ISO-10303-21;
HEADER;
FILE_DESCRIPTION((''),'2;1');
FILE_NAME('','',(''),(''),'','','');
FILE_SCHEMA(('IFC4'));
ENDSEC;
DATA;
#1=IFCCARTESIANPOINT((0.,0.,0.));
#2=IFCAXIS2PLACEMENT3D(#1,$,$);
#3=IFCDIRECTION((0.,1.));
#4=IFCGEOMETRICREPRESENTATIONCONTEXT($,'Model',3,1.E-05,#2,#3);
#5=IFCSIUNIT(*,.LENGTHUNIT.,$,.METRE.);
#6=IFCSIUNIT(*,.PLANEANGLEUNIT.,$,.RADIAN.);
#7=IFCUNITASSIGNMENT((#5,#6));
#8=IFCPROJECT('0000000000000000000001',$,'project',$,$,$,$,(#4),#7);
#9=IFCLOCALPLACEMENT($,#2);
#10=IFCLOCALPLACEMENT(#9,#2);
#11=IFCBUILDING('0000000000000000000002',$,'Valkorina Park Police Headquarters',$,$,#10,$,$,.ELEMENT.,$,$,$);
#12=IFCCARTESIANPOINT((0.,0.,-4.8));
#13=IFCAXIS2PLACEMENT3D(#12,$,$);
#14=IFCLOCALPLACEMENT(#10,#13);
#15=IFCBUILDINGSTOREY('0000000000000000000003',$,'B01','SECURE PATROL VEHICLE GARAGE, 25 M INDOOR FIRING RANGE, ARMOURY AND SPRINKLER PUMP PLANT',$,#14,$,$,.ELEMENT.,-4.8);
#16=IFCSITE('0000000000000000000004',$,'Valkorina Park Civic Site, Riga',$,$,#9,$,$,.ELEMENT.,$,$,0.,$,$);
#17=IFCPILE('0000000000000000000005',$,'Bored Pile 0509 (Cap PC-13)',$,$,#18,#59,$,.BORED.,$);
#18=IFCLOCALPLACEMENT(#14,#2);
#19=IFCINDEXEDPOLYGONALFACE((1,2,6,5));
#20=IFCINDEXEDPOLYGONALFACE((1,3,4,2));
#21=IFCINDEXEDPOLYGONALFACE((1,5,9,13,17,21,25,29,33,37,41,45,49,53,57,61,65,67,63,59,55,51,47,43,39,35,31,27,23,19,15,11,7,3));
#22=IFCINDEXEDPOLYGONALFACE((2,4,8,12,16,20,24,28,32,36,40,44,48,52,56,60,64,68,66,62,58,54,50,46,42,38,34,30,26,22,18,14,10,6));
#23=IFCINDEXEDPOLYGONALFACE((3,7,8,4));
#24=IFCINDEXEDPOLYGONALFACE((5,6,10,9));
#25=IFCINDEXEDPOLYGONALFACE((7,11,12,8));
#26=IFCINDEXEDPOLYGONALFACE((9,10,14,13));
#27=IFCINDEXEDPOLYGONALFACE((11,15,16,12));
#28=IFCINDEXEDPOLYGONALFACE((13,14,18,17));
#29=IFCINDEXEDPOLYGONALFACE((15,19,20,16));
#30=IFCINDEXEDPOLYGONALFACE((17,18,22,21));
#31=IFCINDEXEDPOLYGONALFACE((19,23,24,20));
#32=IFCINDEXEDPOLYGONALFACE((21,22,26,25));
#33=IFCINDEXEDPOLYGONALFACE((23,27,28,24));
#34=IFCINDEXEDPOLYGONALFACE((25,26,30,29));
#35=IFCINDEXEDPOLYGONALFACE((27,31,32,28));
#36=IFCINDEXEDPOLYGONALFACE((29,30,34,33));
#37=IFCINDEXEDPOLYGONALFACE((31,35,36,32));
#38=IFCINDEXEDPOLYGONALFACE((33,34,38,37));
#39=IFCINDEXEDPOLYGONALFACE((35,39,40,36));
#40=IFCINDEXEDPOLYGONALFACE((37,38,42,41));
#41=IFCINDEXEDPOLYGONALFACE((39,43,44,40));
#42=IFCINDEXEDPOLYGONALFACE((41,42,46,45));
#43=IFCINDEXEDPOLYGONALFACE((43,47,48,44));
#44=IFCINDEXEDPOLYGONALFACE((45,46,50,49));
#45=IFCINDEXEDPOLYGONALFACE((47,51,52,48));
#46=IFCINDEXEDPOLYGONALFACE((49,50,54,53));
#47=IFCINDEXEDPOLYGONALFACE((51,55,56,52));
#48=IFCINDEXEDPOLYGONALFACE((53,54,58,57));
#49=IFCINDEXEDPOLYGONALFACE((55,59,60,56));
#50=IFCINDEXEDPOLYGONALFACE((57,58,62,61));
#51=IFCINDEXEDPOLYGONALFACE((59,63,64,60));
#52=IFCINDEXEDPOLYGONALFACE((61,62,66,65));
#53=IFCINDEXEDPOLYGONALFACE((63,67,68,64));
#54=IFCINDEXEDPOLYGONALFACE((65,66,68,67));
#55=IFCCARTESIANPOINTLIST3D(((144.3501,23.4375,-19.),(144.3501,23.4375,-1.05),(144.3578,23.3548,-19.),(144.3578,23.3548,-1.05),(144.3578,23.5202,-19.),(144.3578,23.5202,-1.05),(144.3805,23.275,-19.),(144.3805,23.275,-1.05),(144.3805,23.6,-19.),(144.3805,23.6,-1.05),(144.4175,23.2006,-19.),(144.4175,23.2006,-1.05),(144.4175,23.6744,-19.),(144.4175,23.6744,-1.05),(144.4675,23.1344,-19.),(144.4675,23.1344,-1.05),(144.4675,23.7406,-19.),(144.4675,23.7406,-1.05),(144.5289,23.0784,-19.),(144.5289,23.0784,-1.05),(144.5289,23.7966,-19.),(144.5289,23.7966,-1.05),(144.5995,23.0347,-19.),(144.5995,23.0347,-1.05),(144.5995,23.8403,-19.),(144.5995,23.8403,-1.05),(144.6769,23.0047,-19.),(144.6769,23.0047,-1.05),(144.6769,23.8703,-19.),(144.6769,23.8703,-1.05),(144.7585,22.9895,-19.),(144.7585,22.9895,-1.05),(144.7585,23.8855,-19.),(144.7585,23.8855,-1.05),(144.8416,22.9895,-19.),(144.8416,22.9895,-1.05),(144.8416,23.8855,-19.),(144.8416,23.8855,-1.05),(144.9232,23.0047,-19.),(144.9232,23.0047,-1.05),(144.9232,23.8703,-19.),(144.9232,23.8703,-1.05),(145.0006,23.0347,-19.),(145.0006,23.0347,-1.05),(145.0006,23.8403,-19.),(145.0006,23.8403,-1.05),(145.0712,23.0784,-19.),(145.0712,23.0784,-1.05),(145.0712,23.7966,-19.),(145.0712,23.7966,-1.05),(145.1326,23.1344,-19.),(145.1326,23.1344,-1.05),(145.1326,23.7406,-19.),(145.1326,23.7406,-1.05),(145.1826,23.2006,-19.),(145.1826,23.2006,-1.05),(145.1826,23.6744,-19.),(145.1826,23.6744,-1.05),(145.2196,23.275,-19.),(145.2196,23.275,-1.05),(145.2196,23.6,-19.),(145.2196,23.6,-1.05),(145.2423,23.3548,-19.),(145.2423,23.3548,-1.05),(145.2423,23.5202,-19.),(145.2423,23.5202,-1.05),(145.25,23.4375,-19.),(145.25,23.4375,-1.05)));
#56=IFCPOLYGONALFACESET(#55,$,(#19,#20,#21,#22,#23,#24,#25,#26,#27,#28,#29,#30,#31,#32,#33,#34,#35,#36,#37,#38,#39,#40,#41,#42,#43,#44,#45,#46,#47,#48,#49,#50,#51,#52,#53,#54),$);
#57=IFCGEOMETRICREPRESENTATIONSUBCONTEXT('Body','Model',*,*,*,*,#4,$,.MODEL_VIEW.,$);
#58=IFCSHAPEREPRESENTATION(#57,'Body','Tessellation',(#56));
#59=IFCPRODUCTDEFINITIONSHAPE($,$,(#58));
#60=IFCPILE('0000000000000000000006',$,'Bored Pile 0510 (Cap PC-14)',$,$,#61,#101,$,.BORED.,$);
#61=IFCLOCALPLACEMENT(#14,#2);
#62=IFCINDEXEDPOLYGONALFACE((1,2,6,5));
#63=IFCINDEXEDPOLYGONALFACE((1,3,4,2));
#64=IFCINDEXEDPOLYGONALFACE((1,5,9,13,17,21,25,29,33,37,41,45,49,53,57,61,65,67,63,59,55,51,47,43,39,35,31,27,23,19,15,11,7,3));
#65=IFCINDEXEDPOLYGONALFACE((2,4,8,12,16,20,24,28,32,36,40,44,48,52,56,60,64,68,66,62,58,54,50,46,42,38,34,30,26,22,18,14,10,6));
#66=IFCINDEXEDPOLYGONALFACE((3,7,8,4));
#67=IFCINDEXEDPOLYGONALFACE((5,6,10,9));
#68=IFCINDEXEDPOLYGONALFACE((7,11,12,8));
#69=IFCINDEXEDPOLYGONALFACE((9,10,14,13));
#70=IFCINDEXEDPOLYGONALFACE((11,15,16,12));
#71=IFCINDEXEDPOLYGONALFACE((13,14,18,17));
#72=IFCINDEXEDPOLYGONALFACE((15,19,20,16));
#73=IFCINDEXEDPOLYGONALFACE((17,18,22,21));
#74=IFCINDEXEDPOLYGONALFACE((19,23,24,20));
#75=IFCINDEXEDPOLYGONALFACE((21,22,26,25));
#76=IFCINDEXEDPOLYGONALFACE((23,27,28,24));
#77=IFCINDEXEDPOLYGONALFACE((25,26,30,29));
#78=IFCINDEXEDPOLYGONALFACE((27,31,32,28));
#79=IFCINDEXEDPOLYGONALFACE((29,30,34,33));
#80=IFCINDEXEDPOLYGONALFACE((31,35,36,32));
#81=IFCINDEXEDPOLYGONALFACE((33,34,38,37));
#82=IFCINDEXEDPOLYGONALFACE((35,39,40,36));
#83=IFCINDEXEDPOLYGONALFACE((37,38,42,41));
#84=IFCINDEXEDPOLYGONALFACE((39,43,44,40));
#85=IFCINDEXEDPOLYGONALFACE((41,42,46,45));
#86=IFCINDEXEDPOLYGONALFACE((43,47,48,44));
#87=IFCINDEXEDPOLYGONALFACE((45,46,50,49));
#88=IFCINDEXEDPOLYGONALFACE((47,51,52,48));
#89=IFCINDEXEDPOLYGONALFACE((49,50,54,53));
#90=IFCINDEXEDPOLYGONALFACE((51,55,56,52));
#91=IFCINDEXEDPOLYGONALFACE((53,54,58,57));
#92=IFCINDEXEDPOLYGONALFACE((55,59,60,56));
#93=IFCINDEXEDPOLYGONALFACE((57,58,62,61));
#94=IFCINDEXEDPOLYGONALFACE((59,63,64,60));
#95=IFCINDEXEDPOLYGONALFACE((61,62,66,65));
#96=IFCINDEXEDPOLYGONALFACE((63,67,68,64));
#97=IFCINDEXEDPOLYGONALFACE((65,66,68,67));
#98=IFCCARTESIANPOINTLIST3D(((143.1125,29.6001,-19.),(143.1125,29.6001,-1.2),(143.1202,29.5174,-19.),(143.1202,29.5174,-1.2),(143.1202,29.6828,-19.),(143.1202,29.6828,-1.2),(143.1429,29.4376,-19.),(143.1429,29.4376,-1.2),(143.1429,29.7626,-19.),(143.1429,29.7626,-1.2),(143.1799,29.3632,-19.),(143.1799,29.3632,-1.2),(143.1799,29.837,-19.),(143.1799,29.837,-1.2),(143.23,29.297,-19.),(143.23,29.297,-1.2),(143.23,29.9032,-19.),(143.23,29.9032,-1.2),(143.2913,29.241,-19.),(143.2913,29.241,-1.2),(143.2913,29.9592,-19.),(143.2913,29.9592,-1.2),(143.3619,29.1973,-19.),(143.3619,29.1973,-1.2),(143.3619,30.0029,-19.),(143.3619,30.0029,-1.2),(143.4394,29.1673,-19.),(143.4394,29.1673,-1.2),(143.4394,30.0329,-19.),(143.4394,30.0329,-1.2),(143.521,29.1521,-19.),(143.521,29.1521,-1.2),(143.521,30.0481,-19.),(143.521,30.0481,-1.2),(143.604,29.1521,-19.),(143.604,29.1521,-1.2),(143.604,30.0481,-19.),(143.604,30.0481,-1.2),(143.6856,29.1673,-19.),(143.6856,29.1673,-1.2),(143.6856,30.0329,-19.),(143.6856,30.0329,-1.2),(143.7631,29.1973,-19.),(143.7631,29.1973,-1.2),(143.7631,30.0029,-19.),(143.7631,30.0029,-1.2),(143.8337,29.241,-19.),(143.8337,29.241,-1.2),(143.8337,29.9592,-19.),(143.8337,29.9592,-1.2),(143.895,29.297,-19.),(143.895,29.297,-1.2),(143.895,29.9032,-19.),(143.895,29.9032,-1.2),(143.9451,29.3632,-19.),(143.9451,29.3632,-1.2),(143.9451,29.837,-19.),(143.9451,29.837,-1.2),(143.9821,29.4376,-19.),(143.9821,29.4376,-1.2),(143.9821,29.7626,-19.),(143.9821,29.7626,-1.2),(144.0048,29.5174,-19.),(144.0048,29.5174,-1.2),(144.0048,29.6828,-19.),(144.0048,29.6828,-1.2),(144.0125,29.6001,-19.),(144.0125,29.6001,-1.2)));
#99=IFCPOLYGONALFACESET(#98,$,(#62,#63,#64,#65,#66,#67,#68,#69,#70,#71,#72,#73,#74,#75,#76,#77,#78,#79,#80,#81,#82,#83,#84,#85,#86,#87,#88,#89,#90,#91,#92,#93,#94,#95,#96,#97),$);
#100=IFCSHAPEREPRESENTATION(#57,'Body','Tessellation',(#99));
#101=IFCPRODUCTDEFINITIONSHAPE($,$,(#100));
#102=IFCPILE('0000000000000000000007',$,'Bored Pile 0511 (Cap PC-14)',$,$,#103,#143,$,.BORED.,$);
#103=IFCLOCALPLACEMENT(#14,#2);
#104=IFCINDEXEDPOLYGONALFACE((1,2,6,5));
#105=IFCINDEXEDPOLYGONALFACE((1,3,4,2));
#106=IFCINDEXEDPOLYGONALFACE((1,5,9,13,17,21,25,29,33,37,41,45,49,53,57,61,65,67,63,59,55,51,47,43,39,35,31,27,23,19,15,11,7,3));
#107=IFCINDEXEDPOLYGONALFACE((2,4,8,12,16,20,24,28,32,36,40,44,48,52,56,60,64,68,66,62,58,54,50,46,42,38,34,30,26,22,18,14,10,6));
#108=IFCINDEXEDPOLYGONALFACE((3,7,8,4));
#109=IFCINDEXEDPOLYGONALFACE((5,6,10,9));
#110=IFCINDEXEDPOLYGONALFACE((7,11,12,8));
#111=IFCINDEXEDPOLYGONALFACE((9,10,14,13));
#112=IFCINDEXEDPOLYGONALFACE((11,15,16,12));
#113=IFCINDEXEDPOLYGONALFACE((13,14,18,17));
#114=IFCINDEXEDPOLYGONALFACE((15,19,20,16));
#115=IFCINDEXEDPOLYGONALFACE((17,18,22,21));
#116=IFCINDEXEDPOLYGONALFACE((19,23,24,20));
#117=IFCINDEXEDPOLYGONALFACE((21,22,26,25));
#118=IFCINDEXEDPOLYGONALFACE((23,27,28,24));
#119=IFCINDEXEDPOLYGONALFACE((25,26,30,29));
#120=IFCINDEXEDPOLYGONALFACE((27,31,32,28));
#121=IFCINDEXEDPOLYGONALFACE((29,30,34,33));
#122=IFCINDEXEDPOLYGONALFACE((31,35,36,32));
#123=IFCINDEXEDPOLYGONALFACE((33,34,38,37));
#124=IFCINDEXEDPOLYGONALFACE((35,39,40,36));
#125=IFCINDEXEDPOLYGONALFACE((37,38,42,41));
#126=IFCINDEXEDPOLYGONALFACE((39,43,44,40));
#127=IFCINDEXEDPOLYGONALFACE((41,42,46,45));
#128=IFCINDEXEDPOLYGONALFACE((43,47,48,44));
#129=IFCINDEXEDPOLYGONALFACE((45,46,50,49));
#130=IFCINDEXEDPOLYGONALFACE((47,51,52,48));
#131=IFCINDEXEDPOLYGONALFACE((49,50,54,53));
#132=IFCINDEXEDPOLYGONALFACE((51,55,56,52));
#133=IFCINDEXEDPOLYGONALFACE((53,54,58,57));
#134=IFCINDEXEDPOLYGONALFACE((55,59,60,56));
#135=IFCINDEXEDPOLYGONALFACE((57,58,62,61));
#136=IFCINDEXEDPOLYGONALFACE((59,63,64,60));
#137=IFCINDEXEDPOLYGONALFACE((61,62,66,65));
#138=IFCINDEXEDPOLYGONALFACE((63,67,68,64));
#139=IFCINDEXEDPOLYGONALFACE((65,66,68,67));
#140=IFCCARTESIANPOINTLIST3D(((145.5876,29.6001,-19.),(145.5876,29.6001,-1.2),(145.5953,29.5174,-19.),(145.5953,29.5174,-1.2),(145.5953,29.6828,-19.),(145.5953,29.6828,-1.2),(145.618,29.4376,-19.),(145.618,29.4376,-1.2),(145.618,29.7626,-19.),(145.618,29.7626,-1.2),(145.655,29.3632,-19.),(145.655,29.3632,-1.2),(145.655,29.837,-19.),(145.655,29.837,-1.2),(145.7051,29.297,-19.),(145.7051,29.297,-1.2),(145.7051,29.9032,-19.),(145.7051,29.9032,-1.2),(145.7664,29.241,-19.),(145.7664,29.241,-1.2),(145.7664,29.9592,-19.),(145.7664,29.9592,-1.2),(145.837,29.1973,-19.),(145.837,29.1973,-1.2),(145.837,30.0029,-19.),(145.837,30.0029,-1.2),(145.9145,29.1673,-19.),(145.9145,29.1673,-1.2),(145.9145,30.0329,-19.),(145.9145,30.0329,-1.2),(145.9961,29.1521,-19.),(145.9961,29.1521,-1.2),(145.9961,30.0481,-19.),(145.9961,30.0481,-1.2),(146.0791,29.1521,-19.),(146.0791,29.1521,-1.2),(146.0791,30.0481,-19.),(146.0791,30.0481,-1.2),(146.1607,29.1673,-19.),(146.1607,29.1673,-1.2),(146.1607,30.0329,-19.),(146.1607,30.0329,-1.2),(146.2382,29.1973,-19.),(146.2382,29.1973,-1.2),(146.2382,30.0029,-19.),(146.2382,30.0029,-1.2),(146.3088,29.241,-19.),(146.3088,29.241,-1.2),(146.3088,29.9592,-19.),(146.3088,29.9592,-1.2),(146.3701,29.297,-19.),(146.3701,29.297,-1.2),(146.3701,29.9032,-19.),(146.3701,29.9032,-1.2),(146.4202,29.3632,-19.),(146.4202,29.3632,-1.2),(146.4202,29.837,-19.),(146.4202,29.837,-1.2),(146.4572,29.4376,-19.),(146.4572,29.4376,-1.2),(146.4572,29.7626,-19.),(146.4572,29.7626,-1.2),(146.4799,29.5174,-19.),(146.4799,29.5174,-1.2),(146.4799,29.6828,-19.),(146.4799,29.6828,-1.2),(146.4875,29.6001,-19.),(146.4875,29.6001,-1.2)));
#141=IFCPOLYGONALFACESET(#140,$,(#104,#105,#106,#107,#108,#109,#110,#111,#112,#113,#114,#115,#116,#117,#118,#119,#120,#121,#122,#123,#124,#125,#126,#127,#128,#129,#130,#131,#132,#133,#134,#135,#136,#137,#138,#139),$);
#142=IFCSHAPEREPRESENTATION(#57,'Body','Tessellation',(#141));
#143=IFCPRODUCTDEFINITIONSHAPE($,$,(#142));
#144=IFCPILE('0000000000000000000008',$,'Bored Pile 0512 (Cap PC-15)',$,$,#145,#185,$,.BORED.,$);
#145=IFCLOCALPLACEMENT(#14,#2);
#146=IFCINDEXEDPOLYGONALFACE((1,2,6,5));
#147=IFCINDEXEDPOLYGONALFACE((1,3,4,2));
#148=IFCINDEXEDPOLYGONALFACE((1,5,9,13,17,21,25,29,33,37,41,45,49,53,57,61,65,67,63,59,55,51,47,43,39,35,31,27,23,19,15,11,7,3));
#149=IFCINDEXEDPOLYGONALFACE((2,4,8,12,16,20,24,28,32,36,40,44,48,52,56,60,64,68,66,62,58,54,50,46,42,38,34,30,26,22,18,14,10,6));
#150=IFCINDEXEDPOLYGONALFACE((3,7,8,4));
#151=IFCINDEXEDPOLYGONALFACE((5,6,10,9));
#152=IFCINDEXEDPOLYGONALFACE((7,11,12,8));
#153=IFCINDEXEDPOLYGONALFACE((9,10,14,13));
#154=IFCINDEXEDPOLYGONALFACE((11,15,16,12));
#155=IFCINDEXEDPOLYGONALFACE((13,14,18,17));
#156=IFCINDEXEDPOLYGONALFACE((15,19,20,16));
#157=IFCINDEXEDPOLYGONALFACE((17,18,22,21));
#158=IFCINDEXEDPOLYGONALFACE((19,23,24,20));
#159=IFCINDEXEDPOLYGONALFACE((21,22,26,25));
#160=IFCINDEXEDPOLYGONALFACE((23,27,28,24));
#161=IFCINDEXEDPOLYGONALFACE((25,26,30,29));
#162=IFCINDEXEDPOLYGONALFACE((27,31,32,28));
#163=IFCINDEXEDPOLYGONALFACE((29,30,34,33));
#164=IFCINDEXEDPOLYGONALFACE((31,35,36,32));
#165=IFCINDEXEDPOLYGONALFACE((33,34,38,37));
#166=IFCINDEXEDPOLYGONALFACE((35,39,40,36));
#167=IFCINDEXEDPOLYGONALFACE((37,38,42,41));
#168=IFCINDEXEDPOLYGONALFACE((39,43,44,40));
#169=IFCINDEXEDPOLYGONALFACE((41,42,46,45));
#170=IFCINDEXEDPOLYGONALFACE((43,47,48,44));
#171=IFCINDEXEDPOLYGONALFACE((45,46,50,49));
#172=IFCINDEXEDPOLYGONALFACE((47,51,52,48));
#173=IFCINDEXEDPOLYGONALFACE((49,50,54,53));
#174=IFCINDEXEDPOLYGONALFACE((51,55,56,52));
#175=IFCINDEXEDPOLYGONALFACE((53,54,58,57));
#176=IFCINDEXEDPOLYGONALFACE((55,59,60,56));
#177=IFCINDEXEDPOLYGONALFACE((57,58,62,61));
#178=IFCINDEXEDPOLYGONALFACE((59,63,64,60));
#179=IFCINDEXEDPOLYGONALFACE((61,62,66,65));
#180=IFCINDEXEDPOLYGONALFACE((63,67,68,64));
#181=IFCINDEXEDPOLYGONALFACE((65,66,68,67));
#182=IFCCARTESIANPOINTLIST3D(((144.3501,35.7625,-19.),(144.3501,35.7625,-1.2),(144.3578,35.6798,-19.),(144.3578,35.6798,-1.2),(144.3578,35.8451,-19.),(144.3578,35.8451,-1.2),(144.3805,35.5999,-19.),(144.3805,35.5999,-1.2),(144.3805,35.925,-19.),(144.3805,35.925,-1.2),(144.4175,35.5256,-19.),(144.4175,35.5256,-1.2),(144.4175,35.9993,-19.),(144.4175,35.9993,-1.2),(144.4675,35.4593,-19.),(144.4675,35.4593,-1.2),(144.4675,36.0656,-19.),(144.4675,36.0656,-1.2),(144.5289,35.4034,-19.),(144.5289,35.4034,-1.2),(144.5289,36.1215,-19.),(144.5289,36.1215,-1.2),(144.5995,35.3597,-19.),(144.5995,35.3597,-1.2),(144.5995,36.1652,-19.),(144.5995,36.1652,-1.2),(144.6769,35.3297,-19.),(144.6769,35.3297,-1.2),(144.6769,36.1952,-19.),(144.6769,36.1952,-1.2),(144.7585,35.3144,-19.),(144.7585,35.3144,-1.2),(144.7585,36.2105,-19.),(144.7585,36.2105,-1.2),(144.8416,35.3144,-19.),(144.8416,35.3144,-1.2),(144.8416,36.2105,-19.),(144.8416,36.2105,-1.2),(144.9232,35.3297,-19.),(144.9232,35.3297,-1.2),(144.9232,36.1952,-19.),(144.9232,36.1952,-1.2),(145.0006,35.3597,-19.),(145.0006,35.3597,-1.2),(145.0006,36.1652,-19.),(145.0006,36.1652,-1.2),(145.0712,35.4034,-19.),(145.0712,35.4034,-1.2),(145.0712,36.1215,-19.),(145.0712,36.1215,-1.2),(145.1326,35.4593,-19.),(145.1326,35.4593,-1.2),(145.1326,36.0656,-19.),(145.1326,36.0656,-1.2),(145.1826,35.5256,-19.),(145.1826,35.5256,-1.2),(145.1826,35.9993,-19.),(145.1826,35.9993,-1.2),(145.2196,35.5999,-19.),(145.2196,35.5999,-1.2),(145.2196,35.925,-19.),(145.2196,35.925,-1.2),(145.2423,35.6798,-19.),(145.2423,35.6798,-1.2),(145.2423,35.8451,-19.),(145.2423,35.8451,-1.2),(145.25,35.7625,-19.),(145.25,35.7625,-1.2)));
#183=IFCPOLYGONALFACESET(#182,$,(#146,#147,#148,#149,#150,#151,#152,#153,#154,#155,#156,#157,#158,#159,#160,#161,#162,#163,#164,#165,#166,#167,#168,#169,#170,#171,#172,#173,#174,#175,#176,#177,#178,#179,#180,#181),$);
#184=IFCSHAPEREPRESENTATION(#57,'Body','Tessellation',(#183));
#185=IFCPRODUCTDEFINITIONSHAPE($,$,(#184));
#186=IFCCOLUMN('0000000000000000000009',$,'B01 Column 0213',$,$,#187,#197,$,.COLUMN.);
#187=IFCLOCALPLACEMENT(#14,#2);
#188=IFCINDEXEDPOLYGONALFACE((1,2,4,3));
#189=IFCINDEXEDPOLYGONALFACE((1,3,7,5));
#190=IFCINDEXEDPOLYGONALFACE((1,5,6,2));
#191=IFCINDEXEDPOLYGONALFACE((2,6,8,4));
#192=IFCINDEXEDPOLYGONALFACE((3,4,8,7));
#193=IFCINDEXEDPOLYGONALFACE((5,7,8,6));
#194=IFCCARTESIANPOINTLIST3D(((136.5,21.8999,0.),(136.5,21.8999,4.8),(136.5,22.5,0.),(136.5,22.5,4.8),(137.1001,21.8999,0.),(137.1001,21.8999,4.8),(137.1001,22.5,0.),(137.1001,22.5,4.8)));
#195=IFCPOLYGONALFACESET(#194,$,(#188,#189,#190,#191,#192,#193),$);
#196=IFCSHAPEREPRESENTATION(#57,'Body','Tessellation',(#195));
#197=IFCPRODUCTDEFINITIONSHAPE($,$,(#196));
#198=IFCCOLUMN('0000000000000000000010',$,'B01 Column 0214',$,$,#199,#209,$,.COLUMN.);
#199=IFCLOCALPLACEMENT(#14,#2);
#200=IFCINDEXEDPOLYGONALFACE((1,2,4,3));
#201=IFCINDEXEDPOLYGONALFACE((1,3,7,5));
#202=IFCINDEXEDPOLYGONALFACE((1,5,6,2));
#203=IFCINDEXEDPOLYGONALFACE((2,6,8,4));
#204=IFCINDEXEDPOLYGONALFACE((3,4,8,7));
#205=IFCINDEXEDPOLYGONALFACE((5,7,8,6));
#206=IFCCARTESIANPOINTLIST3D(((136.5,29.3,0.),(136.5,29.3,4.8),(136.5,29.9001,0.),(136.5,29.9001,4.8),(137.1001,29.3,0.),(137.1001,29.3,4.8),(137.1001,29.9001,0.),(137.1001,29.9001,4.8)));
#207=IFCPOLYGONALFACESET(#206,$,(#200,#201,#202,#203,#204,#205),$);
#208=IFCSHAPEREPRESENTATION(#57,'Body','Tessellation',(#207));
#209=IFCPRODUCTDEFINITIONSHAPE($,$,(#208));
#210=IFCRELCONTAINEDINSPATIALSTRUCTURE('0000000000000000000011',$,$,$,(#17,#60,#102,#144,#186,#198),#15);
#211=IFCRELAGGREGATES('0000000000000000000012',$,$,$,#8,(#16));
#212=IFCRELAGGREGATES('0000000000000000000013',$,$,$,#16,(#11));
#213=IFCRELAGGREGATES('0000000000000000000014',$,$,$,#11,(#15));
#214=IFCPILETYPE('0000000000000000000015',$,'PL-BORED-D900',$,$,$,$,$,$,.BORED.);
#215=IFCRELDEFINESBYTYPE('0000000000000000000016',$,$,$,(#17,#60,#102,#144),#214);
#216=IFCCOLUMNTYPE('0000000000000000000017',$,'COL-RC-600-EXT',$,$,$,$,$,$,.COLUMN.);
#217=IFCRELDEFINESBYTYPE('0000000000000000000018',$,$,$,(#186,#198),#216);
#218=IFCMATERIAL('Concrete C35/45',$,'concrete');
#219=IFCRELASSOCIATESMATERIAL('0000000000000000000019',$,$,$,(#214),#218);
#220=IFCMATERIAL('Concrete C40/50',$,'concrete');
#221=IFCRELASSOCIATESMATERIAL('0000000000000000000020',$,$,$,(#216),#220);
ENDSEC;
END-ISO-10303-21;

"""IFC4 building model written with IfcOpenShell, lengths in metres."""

from ifc_helpers import new_model, si_unit, direction, frame, origin, origin_2d, place, context, subcontext, project, spatial, rectangle, circle, extrude, material, material_profile, profile_set, type_object, element, save


model = new_model("IFC4")

# Units and contexts
model_context = context("Model", 3, precision=1e-05, world=origin(), true_north=direction((0.0, 1.0)))
body_context = subcontext(model_context, "Body", "Model", "MODEL_VIEW")
ifc_project = project(units=[si_unit("LENGTHUNIT", "METRE"), si_unit("PLANEANGLEUNIT", "RADIAN")], contexts=[model_context])

# Site, building, storey
site_placement = place(None, origin())
site = spatial("IfcSite", under=ifc_project, at=site_placement, Name="Valkorina Park Civic Site, Riga", CompositionType="ELEMENT", RefElevation=0.0)
building_placement = place(site_placement, origin())
building = spatial("IfcBuilding", under=site, at=building_placement, Name="Valkorina Park Police Headquarters", CompositionType="ELEMENT")
storey_placement = place(building_placement, frame((0.0, 0.0, -4.8)))
storey = spatial("IfcBuildingStorey", under=building, at=storey_placement, Name="B01", Description="SECURE PATROL VEHICLE GARAGE, 25 M INDOOR FIRING RANGE, ARMOURY AND SPRINKLER PUMP PLANT", CompositionType="ELEMENT", Elevation=-4.8)

# Shared definitions
ifc_material_1 = material(Name="Concrete C40/50", Category="concrete")

# Piles
ifc_material_2 = material(Name="Concrete C35/45", Category="concrete")
ifc_material_profile_1 = material_profile(ifc_material_2, circle(Radius=0.45, at=origin_2d()), Name="BORED PILE D900")
ifc_profile_set_1 = profile_set([ifc_material_profile_1], Name="Concrete C35/45")
pile_type_1 = type_object("IfcPileType", Name="PL-BORED-D900", PredefinedType="BORED", material=ifc_profile_set_1)
for number, where, z_axis, x_axis, name in (
    (1, (144.8, 23.4375, -1.05), (0.0, 0.0, -1.0), (1.0, 0.0, 0.0), "Bored Pile 0509 (Cap PC-13)"),
):
    element("IfcPile", number, at=place(storey_placement, frame(where, z_axis=z_axis, x_axis=x_axis)), inside=storey, type_object=pile_type_1, Name=name, PredefinedType="BORED", context=body_context, shape_type="SweptSolid", body=[
        extrude(circle(Radius=0.45, at=origin_2d()), origin(), (0.0, 0.0, 1.0), 17.95),
    ])
for number, where, z_axis, x_axis, name in (
    (2, (143.5625, 29.6001, -1.2), (0.0, 0.0, -1.0), (1.0, 0.0, 0.0), "Bored Pile 0510 (Cap PC-14)"),
    (3, (146.0376, 29.6001, -1.2), (0.0, 0.0, -1.0), (1.0, 0.0, 0.0), "Bored Pile 0511 (Cap PC-14)"),
    (4, (144.8, 35.7625, -1.2), (0.0, 0.0, -1.0), (1.0, 0.0, 0.0), "Bored Pile 0512 (Cap PC-15)"),
):
    element("IfcPile", number, at=place(storey_placement, frame(where, z_axis=z_axis, x_axis=x_axis)), inside=storey, type_object=pile_type_1, Name=name, PredefinedType="BORED", context=body_context, shape_type="SweptSolid", body=[
        extrude(circle(Radius=0.45, at=origin_2d()), origin(), (0.0, 0.0, 1.0), 17.8),
    ])

# Columns
ifc_material_profile_2 = material_profile(ifc_material_1, rectangle(XDim=0.6001, YDim=0.6001, at=origin_2d()), Name="RC COL 600x600")
ifc_profile_set_2 = profile_set([ifc_material_profile_2], Name="Concrete C40/50")
column_type = type_object("IfcColumnType", Name="COL-RC-600-EXT", PredefinedType="COLUMN", material=ifc_profile_set_2)
for number, where, z_axis, x_axis, name in (
    (5, (136.8, 22.2, 0.0), (0.0, 0.0, 1.0), (1.0, 0.0, 0.0), "B01 Column 0213"),
    (6, (136.8, 29.6001, 0.0), (0.0, 0.0, 1.0), (1.0, 0.0, 0.0), "B01 Column 0214"),
):
    element("IfcColumn", number, at=place(storey_placement, frame(where, z_axis=z_axis, x_axis=x_axis)), inside=storey, type_object=column_type, Name=name, PredefinedType="COLUMN", context=body_context, shape_type="SweptSolid", body=[
        extrude(rectangle(XDim=0.6001, YDim=0.6001, at=origin_2d()), origin(), (0.0, 0.0, 1.0), 4.8),
    ])

save(model, "model.ifc")
